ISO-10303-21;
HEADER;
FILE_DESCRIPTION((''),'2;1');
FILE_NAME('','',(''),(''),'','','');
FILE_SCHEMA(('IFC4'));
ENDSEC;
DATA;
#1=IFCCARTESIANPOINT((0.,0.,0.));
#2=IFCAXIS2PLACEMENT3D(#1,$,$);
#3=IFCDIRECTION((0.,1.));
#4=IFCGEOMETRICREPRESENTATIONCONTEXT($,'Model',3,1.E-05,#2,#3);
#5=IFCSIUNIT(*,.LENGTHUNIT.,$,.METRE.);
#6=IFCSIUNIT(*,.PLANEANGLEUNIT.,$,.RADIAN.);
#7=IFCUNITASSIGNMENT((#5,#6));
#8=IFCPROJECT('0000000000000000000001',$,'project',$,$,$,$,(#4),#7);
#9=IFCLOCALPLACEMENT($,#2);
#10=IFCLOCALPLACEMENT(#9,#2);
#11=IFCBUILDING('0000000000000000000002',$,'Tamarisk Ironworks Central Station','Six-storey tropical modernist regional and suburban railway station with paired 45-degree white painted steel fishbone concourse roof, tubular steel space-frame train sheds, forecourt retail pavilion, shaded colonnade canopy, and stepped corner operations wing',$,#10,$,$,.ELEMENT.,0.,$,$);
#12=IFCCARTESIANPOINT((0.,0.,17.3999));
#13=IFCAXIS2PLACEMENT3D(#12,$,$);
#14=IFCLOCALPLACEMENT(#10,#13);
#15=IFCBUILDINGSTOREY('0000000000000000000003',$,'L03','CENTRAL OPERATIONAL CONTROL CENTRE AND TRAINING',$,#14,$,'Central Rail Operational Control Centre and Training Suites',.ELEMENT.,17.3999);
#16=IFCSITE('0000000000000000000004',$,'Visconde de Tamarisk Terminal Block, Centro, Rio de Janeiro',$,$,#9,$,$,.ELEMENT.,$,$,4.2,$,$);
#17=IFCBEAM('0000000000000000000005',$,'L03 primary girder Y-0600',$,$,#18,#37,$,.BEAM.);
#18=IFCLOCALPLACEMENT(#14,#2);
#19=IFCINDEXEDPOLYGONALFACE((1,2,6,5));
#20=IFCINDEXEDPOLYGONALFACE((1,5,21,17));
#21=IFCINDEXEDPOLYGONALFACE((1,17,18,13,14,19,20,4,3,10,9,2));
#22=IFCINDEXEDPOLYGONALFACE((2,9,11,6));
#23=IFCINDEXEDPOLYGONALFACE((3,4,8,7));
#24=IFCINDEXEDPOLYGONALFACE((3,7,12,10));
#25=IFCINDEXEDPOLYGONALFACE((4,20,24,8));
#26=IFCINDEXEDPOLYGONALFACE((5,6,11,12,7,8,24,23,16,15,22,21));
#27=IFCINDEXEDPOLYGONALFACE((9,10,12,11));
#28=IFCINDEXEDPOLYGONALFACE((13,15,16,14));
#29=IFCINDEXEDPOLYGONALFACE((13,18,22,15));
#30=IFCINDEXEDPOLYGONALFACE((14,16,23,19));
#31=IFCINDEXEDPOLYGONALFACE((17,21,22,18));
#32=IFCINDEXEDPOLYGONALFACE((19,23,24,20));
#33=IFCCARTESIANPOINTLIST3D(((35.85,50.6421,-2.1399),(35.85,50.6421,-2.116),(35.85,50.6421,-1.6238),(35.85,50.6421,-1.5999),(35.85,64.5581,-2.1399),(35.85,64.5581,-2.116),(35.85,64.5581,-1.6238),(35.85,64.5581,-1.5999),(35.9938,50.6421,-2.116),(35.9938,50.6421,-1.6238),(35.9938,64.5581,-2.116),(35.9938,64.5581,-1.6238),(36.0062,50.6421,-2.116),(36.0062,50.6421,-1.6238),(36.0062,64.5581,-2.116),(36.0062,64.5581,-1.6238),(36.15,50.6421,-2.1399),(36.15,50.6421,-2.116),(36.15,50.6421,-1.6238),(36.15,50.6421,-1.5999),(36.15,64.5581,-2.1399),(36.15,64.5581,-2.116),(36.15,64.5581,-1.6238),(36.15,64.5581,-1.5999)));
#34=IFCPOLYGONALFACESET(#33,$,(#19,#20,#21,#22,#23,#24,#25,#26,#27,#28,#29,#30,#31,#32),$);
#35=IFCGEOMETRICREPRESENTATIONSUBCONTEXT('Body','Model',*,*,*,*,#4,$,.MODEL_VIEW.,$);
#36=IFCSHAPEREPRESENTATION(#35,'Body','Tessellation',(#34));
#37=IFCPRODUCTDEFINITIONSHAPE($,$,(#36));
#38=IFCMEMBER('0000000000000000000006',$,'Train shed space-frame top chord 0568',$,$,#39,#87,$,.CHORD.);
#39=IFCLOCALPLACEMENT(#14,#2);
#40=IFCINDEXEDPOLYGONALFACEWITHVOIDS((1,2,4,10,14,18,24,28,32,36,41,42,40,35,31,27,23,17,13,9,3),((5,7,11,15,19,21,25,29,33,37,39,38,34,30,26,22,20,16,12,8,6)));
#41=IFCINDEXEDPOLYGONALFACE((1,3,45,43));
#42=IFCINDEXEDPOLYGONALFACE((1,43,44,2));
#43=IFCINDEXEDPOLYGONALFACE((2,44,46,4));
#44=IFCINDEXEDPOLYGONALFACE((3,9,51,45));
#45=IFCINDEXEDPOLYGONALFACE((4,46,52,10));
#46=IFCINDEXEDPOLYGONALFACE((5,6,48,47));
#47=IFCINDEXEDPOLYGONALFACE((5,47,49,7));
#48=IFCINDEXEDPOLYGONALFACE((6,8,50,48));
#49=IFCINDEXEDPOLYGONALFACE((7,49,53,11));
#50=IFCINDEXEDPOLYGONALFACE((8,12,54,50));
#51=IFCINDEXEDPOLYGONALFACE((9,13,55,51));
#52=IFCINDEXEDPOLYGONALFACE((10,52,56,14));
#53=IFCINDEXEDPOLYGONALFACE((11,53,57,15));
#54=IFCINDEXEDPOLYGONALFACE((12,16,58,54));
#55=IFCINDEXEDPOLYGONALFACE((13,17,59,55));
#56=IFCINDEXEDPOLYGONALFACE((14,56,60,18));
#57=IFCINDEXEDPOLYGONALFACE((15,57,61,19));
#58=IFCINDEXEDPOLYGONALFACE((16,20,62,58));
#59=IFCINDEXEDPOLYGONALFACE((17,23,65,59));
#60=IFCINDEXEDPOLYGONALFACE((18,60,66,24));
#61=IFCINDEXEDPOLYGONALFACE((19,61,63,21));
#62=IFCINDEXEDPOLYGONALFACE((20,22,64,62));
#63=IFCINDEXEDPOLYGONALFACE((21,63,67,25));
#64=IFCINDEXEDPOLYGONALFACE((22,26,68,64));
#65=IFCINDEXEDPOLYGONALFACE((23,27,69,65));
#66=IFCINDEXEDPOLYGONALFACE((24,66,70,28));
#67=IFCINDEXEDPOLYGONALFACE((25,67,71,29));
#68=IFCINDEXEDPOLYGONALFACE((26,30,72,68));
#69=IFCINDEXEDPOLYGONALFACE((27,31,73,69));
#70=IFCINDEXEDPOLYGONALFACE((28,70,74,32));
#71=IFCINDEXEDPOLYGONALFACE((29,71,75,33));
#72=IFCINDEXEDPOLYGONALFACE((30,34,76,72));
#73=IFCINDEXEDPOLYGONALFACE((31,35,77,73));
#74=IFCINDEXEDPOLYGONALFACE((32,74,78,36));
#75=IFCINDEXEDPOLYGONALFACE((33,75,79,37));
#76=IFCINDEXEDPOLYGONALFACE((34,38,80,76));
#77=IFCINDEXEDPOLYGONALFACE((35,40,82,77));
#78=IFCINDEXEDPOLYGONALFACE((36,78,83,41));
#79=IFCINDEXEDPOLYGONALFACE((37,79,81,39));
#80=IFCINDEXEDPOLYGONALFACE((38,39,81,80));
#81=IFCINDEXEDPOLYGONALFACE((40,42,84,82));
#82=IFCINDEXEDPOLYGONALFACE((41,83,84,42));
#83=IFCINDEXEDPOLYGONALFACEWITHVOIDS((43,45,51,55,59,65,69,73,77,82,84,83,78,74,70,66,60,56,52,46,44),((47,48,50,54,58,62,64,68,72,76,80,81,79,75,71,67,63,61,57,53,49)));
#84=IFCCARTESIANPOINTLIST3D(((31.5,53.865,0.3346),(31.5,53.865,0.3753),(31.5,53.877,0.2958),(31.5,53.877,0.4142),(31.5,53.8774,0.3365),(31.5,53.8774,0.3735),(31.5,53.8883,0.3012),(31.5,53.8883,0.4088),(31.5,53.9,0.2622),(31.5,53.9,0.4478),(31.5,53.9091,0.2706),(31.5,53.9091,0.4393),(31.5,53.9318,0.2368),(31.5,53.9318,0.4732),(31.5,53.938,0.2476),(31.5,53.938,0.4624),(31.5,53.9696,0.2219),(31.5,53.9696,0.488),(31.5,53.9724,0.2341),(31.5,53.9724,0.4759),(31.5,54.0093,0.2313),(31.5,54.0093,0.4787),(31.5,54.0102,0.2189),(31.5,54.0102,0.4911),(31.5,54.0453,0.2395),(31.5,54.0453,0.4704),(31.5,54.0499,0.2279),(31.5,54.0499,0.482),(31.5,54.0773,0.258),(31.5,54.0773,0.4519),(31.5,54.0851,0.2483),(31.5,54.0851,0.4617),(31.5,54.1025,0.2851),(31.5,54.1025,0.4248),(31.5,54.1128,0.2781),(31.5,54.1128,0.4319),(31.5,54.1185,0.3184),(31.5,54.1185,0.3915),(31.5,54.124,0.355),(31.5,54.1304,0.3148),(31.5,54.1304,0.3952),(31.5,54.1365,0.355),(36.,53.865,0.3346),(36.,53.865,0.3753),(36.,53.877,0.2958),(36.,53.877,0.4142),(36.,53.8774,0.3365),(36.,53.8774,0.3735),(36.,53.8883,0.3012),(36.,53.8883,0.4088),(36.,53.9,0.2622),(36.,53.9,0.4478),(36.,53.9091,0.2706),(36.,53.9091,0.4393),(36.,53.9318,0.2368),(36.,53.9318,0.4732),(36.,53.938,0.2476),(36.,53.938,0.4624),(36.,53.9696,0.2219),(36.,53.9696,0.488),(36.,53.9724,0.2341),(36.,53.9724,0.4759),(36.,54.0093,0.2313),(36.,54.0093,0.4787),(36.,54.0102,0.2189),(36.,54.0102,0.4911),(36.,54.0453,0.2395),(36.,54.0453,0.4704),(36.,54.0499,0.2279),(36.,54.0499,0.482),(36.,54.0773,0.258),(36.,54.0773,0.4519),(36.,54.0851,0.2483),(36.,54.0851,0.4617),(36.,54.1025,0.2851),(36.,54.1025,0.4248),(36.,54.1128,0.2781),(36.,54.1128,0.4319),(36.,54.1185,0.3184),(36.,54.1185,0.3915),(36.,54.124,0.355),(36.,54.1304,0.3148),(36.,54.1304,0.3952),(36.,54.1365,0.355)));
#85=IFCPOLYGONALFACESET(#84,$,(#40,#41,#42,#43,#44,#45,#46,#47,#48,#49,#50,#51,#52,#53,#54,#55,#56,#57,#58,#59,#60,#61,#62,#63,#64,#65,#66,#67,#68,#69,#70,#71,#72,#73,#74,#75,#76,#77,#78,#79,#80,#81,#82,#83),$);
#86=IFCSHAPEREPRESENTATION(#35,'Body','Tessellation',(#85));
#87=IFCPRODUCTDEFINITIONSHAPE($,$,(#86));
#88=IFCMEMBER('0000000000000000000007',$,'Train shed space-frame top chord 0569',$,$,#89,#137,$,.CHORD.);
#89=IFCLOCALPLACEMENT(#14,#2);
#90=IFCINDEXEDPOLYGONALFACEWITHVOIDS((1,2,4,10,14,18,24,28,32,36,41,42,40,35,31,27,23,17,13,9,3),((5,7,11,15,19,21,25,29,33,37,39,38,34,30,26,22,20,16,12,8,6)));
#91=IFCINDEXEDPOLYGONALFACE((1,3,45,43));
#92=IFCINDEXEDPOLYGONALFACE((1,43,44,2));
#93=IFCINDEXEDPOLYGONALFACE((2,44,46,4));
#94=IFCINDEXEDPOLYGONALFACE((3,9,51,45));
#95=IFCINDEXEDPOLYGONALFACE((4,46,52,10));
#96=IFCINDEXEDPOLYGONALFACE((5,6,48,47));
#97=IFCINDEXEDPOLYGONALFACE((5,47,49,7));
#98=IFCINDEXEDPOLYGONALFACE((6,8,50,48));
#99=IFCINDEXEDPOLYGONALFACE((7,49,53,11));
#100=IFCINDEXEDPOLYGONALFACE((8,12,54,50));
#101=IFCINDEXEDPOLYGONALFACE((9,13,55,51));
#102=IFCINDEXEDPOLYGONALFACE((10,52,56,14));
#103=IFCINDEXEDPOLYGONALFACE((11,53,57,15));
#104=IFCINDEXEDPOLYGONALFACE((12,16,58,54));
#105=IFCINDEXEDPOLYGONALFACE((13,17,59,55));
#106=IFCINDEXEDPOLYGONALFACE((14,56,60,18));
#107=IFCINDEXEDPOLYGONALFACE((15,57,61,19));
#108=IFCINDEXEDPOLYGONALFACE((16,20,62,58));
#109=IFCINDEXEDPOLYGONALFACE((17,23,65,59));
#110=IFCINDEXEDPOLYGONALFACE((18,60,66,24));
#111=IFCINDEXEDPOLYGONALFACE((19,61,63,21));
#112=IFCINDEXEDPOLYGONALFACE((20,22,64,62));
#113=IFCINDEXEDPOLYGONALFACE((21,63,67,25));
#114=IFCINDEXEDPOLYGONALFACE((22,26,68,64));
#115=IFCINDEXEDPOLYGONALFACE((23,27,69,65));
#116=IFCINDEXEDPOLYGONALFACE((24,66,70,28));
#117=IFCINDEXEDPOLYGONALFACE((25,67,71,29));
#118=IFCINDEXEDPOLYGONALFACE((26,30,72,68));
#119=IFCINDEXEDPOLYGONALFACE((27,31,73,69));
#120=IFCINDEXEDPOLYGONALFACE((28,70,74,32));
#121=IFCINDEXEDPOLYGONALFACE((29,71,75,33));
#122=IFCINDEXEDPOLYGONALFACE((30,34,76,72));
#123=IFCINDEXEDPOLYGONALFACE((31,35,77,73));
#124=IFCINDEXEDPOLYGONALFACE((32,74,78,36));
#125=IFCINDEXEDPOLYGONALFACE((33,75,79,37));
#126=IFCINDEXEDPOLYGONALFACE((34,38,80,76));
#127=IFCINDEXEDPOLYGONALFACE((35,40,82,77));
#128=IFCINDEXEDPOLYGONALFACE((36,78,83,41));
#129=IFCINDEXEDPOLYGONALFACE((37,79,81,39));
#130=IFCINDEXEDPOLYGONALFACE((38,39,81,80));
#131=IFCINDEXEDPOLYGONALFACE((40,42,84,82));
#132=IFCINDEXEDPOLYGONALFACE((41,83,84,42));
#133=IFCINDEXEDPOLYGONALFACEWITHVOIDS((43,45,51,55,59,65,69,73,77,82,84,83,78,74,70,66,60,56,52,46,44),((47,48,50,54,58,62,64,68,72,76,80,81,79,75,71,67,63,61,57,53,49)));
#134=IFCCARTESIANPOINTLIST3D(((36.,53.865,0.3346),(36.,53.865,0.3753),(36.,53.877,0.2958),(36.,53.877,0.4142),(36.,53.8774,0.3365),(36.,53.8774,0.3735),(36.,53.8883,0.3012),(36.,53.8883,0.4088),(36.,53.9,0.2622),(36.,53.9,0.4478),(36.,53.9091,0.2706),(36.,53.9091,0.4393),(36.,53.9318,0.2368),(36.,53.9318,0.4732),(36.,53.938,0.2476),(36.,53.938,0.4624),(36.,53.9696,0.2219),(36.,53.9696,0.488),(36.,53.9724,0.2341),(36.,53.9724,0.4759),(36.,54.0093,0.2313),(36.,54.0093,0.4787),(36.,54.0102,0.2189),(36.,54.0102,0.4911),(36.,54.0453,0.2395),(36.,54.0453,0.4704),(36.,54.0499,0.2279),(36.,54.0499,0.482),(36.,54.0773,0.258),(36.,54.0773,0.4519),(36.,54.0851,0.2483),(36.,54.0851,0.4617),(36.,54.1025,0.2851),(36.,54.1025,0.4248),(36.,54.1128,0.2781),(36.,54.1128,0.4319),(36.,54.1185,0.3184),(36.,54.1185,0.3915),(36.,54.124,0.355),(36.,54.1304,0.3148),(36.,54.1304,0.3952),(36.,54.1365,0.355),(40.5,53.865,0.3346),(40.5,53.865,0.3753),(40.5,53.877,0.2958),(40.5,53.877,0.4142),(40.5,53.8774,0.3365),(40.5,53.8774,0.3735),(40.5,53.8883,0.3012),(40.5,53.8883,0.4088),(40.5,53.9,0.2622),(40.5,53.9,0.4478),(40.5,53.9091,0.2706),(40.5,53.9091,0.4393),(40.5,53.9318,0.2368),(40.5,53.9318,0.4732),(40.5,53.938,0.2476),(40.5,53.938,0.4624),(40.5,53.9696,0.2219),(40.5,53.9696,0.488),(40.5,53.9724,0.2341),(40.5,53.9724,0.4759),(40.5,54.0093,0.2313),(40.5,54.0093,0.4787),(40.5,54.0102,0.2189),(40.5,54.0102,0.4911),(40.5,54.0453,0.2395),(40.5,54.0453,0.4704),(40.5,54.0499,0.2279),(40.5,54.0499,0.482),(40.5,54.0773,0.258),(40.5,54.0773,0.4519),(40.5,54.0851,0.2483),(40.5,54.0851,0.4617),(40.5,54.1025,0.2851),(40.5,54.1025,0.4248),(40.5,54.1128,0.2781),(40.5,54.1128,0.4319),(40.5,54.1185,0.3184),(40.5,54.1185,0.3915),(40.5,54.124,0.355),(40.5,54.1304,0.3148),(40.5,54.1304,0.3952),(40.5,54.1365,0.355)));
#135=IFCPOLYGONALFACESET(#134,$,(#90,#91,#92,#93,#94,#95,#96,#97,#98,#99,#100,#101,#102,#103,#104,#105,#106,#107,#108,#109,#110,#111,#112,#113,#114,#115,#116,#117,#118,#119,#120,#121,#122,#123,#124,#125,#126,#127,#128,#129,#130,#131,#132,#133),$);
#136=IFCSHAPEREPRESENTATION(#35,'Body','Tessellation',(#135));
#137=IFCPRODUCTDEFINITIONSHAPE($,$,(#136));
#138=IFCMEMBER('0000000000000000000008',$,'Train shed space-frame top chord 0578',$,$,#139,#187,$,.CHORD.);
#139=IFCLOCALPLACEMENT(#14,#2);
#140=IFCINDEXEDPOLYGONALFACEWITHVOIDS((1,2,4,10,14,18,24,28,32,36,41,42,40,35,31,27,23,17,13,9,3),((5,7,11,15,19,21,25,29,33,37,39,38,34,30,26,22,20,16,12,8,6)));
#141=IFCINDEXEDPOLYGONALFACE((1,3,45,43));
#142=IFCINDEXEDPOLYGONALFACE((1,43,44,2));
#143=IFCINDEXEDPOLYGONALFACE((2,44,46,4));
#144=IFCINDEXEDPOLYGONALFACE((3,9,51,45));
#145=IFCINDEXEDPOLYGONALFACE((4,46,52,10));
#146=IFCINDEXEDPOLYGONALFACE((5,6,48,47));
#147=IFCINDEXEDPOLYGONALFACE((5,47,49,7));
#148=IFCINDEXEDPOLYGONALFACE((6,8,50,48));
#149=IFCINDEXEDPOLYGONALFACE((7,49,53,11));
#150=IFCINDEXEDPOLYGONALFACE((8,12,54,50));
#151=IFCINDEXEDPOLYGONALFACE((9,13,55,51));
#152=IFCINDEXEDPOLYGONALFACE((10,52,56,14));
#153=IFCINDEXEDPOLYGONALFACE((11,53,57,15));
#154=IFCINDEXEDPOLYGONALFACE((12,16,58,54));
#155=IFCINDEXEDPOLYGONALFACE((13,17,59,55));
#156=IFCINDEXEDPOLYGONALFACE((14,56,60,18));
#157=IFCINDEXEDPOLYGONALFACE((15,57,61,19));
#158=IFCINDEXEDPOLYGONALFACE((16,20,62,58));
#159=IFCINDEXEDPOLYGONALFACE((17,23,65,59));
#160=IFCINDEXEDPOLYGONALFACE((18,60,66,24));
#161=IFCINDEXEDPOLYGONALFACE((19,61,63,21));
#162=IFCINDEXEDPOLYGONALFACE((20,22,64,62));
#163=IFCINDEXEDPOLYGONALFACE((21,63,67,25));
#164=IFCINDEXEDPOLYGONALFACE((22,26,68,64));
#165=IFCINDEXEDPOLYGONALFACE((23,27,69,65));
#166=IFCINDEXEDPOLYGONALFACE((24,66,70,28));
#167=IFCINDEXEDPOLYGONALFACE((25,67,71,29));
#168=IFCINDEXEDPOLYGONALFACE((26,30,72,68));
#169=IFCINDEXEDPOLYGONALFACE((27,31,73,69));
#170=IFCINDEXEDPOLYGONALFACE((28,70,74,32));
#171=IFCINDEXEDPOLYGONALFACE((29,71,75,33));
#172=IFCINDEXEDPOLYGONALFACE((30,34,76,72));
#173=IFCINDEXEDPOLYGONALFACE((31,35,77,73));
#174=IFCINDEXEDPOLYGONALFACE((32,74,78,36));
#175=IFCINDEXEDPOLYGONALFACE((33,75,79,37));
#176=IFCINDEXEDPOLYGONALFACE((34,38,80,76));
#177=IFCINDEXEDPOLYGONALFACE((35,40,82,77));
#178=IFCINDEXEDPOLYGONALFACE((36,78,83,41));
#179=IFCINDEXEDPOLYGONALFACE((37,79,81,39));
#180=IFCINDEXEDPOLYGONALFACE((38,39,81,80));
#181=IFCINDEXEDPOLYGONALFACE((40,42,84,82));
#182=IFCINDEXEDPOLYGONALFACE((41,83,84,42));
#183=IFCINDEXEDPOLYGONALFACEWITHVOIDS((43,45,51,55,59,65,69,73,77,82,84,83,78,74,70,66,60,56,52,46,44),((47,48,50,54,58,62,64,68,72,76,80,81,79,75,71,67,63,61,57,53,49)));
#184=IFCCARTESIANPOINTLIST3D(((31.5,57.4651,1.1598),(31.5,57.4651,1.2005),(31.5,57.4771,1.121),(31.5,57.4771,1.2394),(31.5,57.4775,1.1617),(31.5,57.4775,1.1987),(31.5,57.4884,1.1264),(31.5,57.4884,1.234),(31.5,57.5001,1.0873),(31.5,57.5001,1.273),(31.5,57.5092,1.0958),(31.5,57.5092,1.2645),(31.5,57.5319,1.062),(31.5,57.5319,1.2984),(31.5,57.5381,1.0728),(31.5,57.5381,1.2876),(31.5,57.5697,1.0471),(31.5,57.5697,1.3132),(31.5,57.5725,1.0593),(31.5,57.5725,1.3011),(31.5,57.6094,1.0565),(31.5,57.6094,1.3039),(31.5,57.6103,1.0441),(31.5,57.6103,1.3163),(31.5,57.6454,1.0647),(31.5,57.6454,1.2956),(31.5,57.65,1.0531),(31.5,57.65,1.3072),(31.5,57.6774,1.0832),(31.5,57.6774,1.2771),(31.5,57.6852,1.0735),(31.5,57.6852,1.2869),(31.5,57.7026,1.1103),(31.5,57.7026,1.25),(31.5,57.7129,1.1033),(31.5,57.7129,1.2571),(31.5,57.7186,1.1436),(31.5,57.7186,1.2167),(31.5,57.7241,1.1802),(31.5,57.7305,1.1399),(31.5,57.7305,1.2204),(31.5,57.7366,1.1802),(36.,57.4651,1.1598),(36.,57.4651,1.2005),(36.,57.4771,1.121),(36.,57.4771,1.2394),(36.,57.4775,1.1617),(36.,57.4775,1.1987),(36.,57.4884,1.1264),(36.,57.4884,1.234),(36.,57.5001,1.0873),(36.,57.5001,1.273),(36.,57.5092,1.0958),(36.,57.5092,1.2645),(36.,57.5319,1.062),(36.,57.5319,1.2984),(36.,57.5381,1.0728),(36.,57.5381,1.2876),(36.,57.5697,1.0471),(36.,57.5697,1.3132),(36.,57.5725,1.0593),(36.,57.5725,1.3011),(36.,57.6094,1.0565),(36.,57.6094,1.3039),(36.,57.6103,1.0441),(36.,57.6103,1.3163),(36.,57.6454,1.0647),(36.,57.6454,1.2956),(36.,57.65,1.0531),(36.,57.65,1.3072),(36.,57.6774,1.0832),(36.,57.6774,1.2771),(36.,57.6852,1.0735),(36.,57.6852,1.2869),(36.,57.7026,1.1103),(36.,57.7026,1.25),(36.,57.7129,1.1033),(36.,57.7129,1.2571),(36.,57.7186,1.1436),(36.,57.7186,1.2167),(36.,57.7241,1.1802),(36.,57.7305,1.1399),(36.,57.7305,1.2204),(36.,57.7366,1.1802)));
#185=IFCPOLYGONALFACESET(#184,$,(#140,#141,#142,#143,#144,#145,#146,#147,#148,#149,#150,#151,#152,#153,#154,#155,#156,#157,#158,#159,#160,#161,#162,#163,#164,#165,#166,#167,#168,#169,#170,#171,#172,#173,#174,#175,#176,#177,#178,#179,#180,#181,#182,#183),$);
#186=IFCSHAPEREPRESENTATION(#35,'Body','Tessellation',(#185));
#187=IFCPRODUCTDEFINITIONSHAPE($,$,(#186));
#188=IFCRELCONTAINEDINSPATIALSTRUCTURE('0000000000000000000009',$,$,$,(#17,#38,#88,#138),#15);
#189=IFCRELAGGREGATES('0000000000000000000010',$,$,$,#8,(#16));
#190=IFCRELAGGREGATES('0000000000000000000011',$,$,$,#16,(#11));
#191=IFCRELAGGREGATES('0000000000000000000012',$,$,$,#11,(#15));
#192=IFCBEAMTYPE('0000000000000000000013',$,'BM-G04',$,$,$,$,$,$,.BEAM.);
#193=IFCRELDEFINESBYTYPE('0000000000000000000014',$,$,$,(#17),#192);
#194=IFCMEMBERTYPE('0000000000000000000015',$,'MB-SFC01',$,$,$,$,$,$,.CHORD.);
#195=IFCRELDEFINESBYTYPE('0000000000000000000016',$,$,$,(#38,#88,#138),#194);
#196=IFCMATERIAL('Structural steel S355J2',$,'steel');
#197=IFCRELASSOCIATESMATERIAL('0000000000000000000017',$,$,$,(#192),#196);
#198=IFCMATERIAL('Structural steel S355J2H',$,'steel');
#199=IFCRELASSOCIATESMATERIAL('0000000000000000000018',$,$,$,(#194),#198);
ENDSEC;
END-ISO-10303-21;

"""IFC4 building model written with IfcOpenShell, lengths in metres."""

from ifc_helpers import new_model, si_unit, direction, frame, origin, origin_2d, place, context, subcontext, project, spatial, hollow_circle, i_section, extrude, material, material_profile, profile_set, type_object, element, save


model = new_model("IFC4")

# Units and contexts
model_context = context("Model", 3, precision=1e-05, world=origin(), true_north=direction((0.0, 1.0)))
body_context = subcontext(model_context, "Body", "Model", "MODEL_VIEW")
ifc_project = project(units=[si_unit("LENGTHUNIT", "METRE"), si_unit("PLANEANGLEUNIT", "RADIAN")], contexts=[model_context])

# Site, building, storey
site_placement = place(None, origin())
site = spatial("IfcSite", under=ifc_project, at=site_placement, Name="Visconde de Tamarisk Terminal Block, Centro, Rio de Janeiro", CompositionType="ELEMENT", RefElevation=4.2)
building_placement = place(site_placement, origin())
building = spatial("IfcBuilding", under=site, at=building_placement, Name="Tamarisk Ironworks Central Station", Description="Six-storey tropical modernist regional and suburban railway station with paired 45-degree white painted steel fishbone concourse roof, tubular steel space-frame train sheds, forecourt retail pavilion, shaded colonnade canopy, and stepped corner operations wing", CompositionType="ELEMENT", ElevationOfRefHeight=0.0)
storey_placement = place(building_placement, frame((0.0, 0.0, 17.3999)))
storey = spatial("IfcBuildingStorey", under=building, at=storey_placement, Name="L03", Description="CENTRAL OPERATIONAL CONTROL CENTRE AND TRAINING", LongName="Central Rail Operational Control Centre and Training Suites", CompositionType="ELEMENT", Elevation=17.3999)

# Beam
ifc_material_1 = material(Name="Structural steel S355J2", Category="steel")
ifc_material_profile_1 = material_profile(ifc_material_1, i_section(OverallWidth=0.3, OverallDepth=0.54, WebThickness=0.0125, FlangeThickness=0.0239, at=origin_2d()), Name="HEA 550")
ifc_profile_set_1 = profile_set([ifc_material_profile_1], Name="Structural steel S355J2")
beam_type = type_object("IfcBeamType", Name="BM-G04", PredefinedType="BEAM", material=ifc_profile_set_1)
beam_placement = place(storey_placement, frame((36.0, 50.6421, -1.8699), z_axis=(0.0, 1.0, 0.0), x_axis=(-1.0, 0.0, 0.0)))
element("IfcBeam", 1, at=beam_placement, inside=storey, type_object=beam_type, Name="L03 primary girder Y-0600", PredefinedType="BEAM", context=body_context, shape_type="SweptSolid", body=[
    extrude(i_section(OverallWidth=0.3, OverallDepth=0.54, WebThickness=0.0125, FlangeThickness=0.0239, at=origin_2d()), origin(), (0.0, 0.0, 1.0), 13.916),
])

# Members
ifc_material_2 = material(Name="Structural steel S355J2H", Category="steel")
ifc_material_profile_2 = material_profile(ifc_material_2, hollow_circle(Radius=0.1365, WallThickness=0.0125, at=origin_2d()), Name="CHS 273x12.5")
ifc_profile_set_2 = profile_set([ifc_material_profile_2], Name="Structural steel S355J2H")
member_type_1 = type_object("IfcMemberType", Name="MB-SFC01", PredefinedType="CHORD", material=ifc_profile_set_2)
for number, where, z_axis, x_axis, name in (
    (2, (31.5, 54.0, 0.355), (1.0, 0.0, 0.0), (0.0, 1.0, 0.0), "Train shed space-frame top chord 0568"),
    (3, (36.0, 54.0, 0.355), (1.0, 0.0, 0.0), (0.0, 1.0, 0.0), "Train shed space-frame top chord 0569"),
    (4, (31.5, 57.6001, 1.1802), (1.0, 0.0, 0.0), (0.0, 1.0, 0.0), "Train shed space-frame top chord 0578"),
):
    element("IfcMember", number, at=place(storey_placement, frame(where, z_axis=z_axis, x_axis=x_axis)), inside=storey, type_object=member_type_1, Name=name, PredefinedType="CHORD", context=body_context, shape_type="SweptSolid", body=[
        extrude(hollow_circle(Radius=0.1365, WallThickness=0.0125, at=origin_2d()), origin(), (0.0, 0.0, 1.0), 4.5),
    ])

save(model, "model.ifc")
